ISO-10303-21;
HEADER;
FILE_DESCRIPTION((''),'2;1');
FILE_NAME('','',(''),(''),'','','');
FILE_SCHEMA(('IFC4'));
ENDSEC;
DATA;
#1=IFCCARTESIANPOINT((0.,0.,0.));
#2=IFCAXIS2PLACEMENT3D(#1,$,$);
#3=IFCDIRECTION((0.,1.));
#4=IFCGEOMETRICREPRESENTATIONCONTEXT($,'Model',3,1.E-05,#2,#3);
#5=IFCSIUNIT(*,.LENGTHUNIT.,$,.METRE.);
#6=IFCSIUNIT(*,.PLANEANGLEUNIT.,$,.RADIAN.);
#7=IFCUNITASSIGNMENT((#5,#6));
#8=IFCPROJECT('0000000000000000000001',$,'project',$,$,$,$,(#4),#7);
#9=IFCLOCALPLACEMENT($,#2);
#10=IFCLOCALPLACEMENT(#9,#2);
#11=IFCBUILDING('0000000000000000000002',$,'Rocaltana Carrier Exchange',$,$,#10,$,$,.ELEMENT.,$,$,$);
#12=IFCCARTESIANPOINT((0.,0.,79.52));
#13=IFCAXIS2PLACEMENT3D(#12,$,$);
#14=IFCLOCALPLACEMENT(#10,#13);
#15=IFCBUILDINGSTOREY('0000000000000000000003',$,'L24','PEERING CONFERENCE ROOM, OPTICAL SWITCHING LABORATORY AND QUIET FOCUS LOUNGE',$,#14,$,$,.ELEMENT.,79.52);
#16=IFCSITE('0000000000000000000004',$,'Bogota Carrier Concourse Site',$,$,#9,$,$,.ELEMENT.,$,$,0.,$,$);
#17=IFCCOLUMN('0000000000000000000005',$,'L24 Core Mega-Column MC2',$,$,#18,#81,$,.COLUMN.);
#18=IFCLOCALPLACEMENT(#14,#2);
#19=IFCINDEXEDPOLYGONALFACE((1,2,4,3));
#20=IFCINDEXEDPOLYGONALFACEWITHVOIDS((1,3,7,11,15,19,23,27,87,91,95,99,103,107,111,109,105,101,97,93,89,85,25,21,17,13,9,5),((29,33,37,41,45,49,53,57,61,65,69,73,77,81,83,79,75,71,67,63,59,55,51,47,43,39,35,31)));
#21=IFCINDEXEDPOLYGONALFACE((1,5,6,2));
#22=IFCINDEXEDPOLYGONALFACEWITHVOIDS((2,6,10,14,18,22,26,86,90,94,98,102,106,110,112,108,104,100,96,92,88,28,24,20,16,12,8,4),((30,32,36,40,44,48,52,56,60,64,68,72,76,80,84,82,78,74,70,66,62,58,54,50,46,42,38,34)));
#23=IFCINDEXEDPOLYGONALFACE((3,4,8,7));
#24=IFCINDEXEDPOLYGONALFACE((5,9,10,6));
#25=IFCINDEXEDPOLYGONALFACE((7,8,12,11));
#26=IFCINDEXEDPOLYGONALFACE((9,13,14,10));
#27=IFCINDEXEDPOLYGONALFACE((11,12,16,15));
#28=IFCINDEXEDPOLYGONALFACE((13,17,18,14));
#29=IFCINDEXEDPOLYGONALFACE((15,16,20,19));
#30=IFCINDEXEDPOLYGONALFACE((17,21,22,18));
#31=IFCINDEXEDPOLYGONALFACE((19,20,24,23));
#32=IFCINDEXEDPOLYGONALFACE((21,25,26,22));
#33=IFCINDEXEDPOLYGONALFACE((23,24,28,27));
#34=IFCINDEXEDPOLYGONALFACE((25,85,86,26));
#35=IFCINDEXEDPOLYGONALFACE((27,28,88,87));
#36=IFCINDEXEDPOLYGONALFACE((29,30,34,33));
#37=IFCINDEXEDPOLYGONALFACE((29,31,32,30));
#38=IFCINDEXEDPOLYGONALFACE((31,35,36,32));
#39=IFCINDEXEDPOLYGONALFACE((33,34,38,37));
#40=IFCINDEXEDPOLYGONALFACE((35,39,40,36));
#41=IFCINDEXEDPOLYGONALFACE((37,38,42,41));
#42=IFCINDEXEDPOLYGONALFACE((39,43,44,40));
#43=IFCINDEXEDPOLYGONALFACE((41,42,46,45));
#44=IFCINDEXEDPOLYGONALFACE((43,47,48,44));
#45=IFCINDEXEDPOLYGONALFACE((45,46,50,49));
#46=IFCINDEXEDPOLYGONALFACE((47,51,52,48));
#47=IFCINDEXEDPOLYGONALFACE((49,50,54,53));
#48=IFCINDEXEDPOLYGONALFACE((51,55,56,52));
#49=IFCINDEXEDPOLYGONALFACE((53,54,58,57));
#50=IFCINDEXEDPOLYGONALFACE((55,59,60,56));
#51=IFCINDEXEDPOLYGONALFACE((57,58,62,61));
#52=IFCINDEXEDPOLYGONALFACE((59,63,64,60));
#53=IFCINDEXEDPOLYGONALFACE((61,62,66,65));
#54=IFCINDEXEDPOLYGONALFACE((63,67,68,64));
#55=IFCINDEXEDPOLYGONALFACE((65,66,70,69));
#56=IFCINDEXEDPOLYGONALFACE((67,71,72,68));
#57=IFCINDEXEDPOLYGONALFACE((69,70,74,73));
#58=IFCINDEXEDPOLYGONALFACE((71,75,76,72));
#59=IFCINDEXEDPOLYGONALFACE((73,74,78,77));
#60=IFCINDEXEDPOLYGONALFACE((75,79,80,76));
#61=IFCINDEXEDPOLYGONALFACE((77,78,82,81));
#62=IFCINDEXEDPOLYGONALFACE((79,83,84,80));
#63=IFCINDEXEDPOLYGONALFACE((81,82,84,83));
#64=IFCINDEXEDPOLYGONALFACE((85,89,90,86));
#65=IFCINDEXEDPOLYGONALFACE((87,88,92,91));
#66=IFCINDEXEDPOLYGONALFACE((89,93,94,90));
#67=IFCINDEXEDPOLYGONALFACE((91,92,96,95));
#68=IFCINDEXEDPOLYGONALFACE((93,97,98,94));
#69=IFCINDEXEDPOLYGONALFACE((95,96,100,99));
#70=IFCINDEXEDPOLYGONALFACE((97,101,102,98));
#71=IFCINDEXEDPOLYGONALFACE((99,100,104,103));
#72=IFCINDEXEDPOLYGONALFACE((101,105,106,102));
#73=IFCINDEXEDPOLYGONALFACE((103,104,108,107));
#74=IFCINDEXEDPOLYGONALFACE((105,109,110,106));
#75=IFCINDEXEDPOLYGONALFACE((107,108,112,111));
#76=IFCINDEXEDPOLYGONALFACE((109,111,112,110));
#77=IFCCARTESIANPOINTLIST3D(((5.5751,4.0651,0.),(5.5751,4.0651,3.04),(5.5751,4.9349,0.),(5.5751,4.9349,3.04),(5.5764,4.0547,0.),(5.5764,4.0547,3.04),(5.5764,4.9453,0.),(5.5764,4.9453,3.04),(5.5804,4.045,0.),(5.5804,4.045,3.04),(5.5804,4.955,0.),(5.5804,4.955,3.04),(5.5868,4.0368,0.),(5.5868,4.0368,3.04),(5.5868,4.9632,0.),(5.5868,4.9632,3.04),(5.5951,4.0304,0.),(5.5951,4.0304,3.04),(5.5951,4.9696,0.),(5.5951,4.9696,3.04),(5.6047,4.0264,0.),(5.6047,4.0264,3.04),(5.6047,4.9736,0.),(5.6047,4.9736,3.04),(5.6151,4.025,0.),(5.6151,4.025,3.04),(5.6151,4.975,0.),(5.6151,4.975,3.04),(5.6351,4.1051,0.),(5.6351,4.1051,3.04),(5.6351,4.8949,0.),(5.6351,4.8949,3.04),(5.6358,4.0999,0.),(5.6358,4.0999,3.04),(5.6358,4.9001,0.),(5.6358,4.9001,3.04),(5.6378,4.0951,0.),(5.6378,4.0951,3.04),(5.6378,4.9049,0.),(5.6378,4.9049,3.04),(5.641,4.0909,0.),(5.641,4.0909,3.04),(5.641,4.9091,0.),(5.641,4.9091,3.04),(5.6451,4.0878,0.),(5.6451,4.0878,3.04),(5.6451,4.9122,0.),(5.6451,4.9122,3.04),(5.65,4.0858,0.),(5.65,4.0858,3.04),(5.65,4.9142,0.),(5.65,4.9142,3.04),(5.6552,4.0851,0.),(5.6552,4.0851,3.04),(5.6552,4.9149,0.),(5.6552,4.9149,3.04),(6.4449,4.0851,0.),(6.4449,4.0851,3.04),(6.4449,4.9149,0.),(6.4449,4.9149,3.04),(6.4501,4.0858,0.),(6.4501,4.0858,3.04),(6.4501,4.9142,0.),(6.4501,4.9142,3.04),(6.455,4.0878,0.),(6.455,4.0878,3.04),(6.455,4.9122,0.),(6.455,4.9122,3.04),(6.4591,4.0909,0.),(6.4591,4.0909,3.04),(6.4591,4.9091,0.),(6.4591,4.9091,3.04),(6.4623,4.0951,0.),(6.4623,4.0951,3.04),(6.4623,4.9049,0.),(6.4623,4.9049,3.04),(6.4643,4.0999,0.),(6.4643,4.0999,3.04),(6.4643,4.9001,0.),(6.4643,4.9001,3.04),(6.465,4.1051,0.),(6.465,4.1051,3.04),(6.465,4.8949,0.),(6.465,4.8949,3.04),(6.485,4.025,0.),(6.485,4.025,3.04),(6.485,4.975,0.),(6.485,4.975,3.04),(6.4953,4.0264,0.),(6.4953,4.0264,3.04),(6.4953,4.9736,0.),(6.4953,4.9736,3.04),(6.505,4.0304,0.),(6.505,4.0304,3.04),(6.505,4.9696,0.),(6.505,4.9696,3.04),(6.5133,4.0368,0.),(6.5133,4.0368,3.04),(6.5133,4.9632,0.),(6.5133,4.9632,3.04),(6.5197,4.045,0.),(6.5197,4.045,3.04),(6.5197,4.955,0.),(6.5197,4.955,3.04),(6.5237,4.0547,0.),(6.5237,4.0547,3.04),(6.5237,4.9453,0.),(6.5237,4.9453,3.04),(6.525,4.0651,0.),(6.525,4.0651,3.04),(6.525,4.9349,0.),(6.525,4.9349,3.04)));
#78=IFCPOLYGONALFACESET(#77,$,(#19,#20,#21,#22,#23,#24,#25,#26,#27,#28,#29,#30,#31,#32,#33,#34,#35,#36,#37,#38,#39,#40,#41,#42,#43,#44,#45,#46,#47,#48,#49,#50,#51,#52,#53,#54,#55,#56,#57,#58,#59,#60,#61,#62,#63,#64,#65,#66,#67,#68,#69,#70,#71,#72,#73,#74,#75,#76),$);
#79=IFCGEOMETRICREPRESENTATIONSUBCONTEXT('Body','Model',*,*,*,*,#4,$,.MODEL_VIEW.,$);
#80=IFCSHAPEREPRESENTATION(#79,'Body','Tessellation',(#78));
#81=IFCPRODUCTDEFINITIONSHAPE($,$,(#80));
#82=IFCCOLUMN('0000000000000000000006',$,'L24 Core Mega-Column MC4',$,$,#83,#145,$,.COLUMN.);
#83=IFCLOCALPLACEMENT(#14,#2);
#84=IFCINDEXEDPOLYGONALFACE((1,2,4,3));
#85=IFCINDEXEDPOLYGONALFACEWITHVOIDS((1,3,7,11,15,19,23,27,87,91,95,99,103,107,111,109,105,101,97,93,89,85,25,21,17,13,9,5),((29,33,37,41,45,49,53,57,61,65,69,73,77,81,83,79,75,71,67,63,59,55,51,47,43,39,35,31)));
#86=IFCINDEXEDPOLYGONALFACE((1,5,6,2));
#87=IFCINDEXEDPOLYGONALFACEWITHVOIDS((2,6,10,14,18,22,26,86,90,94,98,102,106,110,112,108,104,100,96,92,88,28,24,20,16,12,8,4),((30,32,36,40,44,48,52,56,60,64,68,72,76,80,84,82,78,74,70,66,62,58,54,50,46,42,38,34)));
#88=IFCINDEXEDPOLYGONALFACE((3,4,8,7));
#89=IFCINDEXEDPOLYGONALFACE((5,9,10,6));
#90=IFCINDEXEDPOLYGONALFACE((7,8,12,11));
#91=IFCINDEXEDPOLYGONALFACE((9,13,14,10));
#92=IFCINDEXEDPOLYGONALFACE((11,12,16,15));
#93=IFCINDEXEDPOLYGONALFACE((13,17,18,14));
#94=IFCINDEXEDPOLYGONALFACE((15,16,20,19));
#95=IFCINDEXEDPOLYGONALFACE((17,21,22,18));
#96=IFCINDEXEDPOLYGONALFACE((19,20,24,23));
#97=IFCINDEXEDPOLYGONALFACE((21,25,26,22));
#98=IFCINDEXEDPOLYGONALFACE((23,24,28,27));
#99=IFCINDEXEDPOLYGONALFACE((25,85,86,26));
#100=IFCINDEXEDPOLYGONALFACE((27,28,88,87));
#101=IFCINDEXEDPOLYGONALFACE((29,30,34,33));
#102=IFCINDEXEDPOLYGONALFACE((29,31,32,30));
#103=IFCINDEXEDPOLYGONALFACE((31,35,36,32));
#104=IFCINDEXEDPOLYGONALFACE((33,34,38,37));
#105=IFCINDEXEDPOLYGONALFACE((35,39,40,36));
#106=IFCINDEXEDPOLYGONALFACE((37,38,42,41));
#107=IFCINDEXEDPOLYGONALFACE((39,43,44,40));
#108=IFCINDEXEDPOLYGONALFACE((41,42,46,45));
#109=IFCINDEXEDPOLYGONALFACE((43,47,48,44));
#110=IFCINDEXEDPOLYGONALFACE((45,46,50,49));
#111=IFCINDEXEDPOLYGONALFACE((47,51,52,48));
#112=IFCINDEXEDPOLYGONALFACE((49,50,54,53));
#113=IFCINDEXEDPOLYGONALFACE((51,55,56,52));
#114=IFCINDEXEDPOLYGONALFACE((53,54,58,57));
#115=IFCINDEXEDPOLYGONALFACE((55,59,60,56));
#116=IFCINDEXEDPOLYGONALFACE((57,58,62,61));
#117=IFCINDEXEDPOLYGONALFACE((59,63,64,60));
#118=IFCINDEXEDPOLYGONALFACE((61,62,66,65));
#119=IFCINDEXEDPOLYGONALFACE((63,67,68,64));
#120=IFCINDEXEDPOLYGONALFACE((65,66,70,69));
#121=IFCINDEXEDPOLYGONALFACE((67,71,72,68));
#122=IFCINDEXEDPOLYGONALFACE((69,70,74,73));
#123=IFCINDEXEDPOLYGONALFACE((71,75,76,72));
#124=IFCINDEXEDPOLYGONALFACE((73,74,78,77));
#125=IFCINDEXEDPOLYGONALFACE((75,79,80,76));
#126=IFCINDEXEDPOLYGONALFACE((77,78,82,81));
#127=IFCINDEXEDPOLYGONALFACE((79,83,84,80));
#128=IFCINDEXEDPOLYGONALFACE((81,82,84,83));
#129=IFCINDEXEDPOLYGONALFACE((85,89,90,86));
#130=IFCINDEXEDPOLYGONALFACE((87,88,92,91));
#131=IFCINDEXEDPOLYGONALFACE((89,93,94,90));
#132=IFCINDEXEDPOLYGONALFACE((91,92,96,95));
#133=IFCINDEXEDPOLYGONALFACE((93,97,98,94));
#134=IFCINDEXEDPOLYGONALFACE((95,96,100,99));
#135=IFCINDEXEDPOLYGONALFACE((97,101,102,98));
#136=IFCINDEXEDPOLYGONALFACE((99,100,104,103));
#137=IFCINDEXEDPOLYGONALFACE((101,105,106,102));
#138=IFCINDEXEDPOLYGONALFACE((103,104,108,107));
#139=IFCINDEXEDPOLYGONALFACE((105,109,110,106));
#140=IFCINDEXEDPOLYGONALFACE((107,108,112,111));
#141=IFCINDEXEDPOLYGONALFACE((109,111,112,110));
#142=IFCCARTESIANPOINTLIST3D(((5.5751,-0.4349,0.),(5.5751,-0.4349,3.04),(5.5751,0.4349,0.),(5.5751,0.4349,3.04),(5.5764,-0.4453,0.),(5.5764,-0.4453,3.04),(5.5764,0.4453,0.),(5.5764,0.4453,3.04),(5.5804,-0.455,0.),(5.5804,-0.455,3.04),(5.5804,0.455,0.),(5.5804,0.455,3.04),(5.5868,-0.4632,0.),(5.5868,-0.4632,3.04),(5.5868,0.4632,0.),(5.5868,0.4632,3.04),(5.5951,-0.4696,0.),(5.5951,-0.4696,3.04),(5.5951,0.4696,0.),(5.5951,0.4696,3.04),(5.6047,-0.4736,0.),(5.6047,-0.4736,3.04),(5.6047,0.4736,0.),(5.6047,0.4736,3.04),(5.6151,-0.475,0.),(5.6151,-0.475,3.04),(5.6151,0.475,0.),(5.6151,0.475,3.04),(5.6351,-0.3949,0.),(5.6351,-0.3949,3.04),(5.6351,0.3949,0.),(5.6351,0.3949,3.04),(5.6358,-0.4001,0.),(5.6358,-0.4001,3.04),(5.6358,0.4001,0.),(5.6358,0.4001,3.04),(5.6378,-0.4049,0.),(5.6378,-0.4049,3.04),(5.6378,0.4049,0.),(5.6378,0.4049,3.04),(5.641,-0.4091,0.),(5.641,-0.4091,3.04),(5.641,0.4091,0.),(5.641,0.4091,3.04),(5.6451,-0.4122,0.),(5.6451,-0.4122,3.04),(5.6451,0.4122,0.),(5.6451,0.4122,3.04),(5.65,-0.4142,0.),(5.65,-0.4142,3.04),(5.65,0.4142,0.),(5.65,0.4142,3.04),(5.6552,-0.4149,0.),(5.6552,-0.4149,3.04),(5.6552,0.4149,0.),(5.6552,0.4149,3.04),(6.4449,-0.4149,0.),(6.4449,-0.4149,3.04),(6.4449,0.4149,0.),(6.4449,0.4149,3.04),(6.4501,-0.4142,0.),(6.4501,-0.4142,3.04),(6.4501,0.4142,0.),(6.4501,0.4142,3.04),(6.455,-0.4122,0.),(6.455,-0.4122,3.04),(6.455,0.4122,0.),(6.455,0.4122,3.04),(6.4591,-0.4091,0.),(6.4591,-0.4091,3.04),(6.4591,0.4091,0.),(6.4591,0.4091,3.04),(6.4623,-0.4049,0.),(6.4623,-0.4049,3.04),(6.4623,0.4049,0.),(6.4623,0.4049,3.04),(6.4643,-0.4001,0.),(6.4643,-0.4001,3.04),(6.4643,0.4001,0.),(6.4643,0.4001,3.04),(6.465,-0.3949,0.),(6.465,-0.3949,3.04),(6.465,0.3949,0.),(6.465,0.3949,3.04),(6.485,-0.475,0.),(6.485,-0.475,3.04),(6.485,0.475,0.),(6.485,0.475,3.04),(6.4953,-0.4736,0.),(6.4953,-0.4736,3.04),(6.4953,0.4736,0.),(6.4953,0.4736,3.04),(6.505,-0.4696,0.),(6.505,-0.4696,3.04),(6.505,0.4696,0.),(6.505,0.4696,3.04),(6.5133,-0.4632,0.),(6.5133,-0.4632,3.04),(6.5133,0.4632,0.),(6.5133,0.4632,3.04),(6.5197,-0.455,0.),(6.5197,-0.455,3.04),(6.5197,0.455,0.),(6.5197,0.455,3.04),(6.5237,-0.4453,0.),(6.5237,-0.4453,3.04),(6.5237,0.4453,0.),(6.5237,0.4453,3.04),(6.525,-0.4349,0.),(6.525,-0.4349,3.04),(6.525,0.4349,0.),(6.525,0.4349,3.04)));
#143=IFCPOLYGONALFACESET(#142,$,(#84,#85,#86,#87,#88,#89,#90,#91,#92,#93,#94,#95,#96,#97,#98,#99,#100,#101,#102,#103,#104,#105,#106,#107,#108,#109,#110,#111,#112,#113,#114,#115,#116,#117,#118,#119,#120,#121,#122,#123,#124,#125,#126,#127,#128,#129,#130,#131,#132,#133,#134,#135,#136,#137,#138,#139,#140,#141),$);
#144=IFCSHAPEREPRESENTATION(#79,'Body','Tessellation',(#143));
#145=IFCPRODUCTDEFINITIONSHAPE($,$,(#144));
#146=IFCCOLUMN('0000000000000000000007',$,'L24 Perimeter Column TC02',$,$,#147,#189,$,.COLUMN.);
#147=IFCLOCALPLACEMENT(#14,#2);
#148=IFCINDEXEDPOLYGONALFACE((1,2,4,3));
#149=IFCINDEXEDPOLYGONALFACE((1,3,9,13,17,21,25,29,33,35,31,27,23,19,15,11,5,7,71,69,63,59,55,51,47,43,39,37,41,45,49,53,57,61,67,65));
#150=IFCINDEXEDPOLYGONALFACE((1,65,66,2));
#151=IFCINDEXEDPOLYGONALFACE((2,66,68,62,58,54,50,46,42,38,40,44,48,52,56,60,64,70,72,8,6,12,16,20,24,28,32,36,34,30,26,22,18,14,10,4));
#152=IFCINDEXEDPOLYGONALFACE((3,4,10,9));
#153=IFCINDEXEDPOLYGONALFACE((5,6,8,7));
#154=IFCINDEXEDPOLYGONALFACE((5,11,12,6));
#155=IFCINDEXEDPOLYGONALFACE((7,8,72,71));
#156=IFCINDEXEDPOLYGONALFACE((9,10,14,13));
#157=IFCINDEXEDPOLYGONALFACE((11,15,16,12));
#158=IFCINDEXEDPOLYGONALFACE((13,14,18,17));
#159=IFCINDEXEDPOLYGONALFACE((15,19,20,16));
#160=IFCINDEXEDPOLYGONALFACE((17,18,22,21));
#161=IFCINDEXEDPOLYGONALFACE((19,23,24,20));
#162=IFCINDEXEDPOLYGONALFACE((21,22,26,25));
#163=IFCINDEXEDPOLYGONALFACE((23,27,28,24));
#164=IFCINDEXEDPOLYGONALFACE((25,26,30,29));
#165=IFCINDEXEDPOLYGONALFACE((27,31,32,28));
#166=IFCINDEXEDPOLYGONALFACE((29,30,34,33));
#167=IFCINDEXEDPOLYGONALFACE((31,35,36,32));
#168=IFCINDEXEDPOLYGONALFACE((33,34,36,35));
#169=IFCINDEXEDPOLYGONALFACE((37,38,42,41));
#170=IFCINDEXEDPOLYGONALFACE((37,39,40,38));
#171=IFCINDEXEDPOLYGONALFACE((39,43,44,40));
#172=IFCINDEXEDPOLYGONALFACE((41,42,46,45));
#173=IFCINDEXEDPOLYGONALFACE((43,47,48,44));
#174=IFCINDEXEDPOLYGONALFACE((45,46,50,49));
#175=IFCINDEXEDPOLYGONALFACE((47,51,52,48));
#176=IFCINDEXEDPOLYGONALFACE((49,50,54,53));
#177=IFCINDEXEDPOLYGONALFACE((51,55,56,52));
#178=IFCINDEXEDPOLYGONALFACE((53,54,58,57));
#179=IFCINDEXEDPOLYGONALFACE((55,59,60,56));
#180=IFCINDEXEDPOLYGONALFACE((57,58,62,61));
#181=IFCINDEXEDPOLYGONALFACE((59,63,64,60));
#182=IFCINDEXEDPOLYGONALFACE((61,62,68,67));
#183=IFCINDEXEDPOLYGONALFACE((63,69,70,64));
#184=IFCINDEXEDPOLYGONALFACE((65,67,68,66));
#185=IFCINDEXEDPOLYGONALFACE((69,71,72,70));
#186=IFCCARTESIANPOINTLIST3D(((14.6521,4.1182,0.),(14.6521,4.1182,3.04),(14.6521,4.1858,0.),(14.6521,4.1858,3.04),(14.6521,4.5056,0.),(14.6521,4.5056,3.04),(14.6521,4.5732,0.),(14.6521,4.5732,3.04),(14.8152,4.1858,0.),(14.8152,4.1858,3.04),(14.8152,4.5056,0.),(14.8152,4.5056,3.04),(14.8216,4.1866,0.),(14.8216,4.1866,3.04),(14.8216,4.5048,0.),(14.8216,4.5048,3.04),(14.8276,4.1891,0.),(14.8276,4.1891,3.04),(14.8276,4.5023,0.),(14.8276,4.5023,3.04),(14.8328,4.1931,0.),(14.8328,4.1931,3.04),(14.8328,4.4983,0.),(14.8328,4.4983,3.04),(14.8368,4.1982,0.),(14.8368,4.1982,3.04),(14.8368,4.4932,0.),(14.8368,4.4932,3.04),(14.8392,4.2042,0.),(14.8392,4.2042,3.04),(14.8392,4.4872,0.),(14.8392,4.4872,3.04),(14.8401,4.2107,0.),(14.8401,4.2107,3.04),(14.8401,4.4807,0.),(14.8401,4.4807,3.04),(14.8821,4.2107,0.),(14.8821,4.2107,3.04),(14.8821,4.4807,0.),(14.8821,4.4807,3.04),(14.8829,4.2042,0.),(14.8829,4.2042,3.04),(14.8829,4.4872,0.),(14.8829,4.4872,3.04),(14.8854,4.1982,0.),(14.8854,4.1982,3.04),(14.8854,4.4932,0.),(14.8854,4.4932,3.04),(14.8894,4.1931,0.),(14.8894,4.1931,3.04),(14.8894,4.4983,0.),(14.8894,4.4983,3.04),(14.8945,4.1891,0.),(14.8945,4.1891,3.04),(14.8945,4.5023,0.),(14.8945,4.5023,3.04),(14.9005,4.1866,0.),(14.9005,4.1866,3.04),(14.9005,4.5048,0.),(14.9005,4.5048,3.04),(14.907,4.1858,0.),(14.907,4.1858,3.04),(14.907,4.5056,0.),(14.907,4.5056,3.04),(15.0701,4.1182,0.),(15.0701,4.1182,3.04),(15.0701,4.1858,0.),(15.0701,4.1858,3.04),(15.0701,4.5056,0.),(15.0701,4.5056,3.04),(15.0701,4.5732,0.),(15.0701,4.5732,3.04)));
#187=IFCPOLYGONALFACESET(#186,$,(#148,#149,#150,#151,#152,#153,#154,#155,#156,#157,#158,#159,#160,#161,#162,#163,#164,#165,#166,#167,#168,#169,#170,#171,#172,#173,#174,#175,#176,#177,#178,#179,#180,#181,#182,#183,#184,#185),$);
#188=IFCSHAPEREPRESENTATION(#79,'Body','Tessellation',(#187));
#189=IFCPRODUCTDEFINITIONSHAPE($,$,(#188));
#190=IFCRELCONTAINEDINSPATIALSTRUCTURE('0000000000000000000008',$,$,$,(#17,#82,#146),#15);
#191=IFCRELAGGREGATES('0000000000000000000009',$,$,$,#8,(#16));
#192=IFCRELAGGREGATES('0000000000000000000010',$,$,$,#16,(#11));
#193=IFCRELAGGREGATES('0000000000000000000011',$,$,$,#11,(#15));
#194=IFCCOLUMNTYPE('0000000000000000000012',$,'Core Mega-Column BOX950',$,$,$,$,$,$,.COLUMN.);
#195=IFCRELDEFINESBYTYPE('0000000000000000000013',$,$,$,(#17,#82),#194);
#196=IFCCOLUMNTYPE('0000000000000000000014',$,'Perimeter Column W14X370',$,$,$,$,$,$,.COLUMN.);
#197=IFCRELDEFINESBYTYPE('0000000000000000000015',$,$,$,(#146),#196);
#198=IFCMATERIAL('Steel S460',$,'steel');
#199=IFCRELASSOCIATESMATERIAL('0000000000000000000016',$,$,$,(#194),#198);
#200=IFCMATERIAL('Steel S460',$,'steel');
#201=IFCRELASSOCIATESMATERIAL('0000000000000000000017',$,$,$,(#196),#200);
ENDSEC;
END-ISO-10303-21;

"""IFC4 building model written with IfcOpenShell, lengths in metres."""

from ifc_helpers import new_model, si_unit, direction, frame, origin, origin_2d, place, context, subcontext, project, spatial, hollow_rectangle, i_section, extrude, material, material_profile, profile_set, type_object, element, save


model = new_model("IFC4")

# Units and contexts
model_context = context("Model", 3, precision=1e-05, world=origin(), true_north=direction((0.0, 1.0)))
body_context = subcontext(model_context, "Body", "Model", "MODEL_VIEW")
ifc_project = project(units=[si_unit("LENGTHUNIT", "METRE"), si_unit("PLANEANGLEUNIT", "RADIAN")], contexts=[model_context])

# Site, building, storey
site_placement = place(None, origin())
site = spatial("IfcSite", under=ifc_project, at=site_placement, Name="Bogota Carrier Concourse Site", CompositionType="ELEMENT", RefElevation=0.0)
building_placement = place(site_placement, origin())
building = spatial("IfcBuilding", under=site, at=building_placement, Name="Rocaltana Carrier Exchange", CompositionType="ELEMENT")
storey_placement = place(building_placement, frame((0.0, 0.0, 79.52)))
storey = spatial("IfcBuildingStorey", under=building, at=storey_placement, Name="L24", Description="PEERING CONFERENCE ROOM, OPTICAL SWITCHING LABORATORY AND QUIET FOCUS LOUNGE", CompositionType="ELEMENT", Elevation=79.52)

# Columns
ifc_material_1 = material(Name="Steel S460", Category="steel")
ifc_material_profile_1 = material_profile(ifc_material_1, hollow_rectangle(XDim=0.95, YDim=0.95, WallThickness=0.0601, InnerFilletRadius=0.02, OuterFilletRadius=0.04, at=origin_2d()), Name="BOX950X950X60")
ifc_profile_set_1 = profile_set([ifc_material_profile_1], Name="Steel S460")
column_type_1 = type_object("IfcColumnType", Name="Core Mega-Column BOX950", PredefinedType="COLUMN", material=ifc_profile_set_1)
for number, where, z_axis, x_axis, name in (
    (1, (6.05, 4.5, 0.0), (0.0, 0.0, 1.0), (1.0, 0.0, 0.0), "L24 Core Mega-Column MC2"),
    (2, (6.05, 0.0, 0.0), (0.0, 0.0, 1.0), (1.0, 0.0, 0.0), "L24 Core Mega-Column MC4"),
):
    element("IfcColumn", number, at=place(storey_placement, frame(where, z_axis=z_axis, x_axis=x_axis)), inside=storey, type_object=column_type_1, Name=name, PredefinedType="COLUMN", context=body_context, shape_type="SweptSolid", body=[
        extrude(hollow_rectangle(XDim=0.95, YDim=0.95, WallThickness=0.0601, InnerFilletRadius=0.02, OuterFilletRadius=0.04, at=origin_2d()), origin(), (0.0, 0.0, 1.0), 3.04),
    ])
ifc_material_2 = material(Name="Steel S460", Category="steel")
ifc_material_profile_2 = material_profile(ifc_material_2, i_section(OverallWidth=0.418, OverallDepth=0.4551, WebThickness=0.042, FlangeThickness=0.0676, FilletRadius=0.0249, at=origin_2d()), Name="W14X370")
ifc_profile_set_2 = profile_set([ifc_material_profile_2], Name="Steel S460")
column_type_2 = type_object("IfcColumnType", Name="Perimeter Column W14X370", PredefinedType="COLUMN", material=ifc_profile_set_2)
column_placement = place(storey_placement, frame((14.8611, 4.3457, 0.0), z_axis=(0.0, 0.0, 1.0), x_axis=(1.0, 0.0, 0.0)))
element("IfcColumn", 3, at=column_placement, inside=storey, type_object=column_type_2, Name="L24 Perimeter Column TC02", PredefinedType="COLUMN", context=body_context, shape_type="SweptSolid", body=[
    extrude(i_section(OverallWidth=0.418, OverallDepth=0.4551, WebThickness=0.042, FlangeThickness=0.0676, FilletRadius=0.0249, at=origin_2d()), origin(), (0.0, 0.0, 1.0), 3.04),
])

save(model, "model.ifc")
